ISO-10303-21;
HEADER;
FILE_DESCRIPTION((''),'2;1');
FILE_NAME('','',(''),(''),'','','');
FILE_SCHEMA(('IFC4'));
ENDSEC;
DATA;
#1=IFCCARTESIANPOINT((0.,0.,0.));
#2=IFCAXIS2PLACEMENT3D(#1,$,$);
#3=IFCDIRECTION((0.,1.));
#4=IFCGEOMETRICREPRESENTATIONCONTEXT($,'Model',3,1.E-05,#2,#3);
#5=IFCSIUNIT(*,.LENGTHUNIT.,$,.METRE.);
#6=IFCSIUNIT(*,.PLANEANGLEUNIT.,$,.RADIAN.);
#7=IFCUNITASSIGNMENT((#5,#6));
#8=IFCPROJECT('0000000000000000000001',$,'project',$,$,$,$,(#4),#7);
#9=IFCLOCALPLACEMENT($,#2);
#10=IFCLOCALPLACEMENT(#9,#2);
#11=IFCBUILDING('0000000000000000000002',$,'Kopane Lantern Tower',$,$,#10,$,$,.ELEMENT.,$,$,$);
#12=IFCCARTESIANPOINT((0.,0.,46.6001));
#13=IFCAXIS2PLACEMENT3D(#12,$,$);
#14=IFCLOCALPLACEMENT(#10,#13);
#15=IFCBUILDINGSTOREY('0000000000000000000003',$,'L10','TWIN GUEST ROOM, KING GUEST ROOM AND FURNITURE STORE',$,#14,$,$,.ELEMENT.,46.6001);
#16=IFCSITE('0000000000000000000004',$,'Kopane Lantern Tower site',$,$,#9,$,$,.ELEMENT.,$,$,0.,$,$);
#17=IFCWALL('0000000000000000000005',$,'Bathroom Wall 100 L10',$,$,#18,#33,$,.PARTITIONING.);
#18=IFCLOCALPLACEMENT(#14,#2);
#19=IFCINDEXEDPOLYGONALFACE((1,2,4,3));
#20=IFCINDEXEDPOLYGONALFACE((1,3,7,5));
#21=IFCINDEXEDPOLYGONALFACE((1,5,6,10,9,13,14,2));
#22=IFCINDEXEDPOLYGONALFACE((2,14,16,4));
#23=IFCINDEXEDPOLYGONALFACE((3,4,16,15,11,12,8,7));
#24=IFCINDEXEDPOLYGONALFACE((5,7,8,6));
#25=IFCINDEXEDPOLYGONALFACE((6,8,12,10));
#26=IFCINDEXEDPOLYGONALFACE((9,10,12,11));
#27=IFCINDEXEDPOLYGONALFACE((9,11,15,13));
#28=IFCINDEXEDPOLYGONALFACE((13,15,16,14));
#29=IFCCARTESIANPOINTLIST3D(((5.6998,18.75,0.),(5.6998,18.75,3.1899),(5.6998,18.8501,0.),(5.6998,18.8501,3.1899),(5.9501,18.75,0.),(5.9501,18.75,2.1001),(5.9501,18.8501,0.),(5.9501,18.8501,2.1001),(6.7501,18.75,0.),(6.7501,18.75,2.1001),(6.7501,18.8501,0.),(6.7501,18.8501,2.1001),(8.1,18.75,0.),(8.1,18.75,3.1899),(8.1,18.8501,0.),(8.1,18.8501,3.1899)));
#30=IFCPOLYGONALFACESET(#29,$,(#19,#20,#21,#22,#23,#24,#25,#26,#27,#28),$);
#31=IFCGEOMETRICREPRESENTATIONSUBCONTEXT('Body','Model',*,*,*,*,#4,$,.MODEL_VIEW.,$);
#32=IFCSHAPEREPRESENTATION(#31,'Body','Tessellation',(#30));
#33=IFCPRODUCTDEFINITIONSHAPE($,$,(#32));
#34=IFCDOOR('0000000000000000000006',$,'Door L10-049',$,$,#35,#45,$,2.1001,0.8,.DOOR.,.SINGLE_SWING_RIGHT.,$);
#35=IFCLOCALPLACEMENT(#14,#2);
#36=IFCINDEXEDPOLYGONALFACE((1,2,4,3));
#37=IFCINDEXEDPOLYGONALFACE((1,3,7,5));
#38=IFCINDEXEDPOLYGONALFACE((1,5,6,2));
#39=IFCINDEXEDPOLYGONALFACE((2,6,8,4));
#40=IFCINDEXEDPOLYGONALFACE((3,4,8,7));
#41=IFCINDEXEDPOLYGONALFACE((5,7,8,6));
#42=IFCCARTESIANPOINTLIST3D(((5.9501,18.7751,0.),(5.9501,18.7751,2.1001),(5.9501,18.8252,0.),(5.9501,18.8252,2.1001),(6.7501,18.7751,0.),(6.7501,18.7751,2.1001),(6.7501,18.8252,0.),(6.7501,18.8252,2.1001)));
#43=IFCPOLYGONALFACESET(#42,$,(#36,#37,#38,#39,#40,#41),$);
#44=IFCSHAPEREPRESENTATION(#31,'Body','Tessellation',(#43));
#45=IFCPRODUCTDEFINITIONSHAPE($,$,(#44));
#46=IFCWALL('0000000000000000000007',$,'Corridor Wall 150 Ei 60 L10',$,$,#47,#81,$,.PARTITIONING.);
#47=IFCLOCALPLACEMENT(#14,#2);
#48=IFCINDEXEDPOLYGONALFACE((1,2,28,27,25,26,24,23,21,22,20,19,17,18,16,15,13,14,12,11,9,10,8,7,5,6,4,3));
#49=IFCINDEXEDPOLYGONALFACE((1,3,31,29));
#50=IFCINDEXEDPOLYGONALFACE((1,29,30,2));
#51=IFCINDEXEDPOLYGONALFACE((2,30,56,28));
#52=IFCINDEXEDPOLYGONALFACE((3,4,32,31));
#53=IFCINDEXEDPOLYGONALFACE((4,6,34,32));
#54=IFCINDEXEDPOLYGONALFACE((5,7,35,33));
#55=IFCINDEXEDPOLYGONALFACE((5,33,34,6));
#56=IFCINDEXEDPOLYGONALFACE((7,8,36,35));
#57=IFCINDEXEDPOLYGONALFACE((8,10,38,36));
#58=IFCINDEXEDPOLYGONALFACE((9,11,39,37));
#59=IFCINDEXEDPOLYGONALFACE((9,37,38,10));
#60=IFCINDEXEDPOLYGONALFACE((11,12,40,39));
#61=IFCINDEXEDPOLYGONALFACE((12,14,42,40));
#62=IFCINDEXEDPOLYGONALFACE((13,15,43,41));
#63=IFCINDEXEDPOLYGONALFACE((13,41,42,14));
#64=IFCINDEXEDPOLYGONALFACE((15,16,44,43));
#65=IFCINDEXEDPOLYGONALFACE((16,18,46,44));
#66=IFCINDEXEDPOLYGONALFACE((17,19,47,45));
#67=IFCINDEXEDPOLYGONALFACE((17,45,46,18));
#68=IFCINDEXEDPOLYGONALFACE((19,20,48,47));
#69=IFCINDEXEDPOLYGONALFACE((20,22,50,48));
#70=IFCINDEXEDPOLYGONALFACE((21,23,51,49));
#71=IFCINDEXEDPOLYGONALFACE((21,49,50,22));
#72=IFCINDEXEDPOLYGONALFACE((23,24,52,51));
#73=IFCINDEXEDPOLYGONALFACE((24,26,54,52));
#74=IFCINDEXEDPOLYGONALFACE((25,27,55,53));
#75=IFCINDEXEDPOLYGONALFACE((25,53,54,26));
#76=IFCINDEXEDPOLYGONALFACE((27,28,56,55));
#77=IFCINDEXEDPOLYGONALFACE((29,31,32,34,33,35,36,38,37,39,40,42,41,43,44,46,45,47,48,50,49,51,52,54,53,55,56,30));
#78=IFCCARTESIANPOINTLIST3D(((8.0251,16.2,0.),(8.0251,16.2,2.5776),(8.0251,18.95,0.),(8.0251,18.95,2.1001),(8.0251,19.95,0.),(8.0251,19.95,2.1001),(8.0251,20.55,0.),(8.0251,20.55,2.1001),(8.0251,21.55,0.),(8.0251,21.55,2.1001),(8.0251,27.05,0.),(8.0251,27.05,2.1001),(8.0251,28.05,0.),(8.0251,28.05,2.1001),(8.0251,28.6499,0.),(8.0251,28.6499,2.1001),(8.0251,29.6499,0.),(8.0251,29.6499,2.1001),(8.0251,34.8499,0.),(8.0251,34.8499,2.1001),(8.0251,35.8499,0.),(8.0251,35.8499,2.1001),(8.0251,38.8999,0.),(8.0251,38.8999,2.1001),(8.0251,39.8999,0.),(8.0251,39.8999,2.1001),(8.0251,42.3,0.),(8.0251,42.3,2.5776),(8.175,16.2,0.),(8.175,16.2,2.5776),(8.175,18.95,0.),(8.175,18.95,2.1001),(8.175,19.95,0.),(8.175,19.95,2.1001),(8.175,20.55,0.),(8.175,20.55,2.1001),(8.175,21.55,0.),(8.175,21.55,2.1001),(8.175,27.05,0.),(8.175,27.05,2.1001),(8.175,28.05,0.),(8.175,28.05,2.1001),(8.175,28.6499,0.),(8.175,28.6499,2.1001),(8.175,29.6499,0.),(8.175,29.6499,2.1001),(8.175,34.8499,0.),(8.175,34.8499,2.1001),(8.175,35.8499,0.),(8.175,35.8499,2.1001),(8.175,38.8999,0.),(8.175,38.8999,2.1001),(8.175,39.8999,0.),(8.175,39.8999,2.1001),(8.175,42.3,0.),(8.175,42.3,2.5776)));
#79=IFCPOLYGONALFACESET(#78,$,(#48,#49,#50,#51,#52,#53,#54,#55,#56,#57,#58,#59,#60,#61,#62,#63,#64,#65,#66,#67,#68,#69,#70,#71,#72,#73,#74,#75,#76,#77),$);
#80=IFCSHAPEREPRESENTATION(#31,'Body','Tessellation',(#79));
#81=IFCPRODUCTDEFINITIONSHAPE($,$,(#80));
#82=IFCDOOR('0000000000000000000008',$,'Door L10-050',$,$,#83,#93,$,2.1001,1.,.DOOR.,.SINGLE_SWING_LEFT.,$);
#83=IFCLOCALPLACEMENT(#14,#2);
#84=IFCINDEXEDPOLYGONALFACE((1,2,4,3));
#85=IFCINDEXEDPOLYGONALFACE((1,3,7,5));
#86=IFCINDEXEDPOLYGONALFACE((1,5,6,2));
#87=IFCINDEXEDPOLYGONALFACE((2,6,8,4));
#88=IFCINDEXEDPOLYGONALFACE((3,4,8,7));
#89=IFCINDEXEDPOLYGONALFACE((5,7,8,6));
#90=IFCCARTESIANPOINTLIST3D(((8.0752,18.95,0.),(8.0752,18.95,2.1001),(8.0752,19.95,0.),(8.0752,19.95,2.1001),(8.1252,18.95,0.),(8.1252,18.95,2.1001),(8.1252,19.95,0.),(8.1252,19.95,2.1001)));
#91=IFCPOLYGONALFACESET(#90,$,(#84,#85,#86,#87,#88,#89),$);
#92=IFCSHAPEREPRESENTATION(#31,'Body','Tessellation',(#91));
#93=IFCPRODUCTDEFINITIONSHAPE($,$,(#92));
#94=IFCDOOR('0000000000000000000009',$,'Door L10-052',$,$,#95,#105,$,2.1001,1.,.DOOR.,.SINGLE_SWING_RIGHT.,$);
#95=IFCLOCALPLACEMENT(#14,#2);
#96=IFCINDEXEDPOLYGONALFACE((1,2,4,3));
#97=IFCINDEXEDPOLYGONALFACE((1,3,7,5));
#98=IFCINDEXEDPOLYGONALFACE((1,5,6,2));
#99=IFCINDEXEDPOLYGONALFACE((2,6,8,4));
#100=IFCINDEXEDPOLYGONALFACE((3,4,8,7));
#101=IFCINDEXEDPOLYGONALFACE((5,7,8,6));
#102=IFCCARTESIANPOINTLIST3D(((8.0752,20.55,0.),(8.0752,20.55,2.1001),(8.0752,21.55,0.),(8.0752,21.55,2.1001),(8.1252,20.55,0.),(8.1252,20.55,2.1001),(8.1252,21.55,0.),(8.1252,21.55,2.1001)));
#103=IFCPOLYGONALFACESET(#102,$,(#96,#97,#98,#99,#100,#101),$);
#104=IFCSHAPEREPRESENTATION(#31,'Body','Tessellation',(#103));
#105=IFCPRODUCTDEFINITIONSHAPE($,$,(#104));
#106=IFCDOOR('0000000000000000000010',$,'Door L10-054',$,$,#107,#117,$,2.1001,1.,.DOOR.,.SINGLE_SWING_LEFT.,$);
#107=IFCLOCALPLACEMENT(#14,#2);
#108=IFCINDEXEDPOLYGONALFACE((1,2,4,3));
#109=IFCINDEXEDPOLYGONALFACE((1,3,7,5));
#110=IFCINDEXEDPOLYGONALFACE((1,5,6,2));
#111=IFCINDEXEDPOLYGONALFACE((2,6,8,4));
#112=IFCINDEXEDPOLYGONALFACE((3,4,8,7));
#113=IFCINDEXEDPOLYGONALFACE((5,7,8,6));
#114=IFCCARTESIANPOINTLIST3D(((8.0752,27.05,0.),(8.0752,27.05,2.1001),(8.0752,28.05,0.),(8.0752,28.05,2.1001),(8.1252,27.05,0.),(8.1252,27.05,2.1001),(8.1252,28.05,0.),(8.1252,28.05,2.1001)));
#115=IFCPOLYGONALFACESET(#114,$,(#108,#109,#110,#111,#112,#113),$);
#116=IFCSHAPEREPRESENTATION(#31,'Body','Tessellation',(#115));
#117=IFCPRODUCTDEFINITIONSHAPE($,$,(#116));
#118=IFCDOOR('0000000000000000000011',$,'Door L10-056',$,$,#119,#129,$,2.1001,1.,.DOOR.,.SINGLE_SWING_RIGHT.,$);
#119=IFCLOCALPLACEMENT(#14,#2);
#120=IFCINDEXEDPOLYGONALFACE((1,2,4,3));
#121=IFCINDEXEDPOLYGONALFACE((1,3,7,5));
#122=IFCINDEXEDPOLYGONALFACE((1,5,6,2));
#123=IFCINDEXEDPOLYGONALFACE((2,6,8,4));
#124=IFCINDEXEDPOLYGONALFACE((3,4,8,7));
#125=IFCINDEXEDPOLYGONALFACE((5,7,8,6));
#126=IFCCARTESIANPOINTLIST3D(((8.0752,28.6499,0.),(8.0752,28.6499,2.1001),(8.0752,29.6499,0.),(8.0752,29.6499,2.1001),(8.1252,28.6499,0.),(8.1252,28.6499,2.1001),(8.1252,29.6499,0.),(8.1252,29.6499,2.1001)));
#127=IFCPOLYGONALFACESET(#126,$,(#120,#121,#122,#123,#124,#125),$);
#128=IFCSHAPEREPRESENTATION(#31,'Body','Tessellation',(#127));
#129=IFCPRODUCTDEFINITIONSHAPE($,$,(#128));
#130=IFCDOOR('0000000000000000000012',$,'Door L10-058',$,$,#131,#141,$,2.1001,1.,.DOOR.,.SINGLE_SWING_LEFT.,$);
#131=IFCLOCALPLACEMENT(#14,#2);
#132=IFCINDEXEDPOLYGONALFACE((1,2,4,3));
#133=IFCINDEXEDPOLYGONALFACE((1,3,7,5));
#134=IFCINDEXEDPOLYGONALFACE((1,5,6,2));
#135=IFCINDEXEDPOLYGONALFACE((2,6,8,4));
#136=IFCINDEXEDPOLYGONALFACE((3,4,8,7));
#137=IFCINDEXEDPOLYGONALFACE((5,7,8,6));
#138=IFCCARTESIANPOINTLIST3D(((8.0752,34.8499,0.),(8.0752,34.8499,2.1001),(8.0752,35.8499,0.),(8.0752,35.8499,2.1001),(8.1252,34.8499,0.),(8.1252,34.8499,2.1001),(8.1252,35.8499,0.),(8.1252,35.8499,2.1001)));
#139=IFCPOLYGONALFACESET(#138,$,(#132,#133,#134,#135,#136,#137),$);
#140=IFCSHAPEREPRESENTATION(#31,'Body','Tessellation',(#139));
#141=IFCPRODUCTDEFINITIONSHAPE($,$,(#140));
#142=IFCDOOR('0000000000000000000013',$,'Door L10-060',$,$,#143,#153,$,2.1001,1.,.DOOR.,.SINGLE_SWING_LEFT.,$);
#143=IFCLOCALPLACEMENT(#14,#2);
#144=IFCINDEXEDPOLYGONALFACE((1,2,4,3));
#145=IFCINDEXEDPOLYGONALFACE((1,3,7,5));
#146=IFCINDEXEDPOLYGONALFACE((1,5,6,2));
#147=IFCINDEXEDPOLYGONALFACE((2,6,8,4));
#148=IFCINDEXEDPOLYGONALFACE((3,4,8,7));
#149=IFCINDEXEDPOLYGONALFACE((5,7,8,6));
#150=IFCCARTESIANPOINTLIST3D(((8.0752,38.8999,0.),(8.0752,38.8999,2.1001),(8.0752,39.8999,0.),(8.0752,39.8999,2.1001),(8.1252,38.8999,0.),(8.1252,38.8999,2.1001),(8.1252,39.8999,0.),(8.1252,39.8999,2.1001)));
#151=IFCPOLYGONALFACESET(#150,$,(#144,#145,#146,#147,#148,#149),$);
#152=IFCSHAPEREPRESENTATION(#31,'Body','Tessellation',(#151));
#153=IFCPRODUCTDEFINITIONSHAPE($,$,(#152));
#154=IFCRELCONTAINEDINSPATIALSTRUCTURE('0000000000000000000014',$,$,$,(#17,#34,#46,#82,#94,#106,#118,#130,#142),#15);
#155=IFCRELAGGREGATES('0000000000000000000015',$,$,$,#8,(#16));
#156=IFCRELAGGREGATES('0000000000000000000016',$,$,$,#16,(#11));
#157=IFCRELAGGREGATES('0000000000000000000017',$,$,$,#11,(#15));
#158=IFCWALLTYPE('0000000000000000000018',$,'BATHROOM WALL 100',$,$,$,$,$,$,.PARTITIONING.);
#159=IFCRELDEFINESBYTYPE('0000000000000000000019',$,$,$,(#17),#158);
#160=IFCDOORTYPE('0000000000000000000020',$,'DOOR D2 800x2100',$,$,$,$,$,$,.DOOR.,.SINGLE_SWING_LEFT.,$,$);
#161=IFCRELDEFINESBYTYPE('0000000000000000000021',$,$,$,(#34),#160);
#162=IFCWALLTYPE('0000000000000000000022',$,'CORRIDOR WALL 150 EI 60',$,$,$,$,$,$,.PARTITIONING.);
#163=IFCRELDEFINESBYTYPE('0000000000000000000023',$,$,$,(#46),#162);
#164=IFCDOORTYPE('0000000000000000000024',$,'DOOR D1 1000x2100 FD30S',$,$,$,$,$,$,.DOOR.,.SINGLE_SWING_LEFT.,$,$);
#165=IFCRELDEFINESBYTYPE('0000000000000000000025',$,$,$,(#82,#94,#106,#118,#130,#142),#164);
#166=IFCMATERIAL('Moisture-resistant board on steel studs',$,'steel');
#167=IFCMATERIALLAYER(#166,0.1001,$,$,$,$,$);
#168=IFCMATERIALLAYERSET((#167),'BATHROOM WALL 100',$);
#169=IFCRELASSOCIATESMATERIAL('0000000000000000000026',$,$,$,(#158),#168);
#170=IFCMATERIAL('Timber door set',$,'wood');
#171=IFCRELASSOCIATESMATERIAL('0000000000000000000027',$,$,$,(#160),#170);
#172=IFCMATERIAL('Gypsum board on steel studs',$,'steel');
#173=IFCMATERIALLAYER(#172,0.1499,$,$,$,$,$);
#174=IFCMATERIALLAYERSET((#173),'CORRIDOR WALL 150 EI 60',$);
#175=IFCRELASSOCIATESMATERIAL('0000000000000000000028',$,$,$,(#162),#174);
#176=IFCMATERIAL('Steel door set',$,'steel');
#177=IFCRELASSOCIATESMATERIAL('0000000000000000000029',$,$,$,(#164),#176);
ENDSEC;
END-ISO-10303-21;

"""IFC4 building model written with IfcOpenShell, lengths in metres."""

from ifc_helpers import new_model, si_unit, direction, frame, frame_2d, origin, place, context, subcontext, project, spatial, rectangle, extrude, material, layer, layer_set, type_object, element, fill, save


model = new_model("IFC4")

# Units and contexts
model_context = context("Model", 3, precision=1e-05, world=origin(), true_north=direction((0.0, 1.0)))
body_context = subcontext(model_context, "Body", "Model", "MODEL_VIEW")
ifc_project = project(units=[si_unit("LENGTHUNIT", "METRE"), si_unit("PLANEANGLEUNIT", "RADIAN")], contexts=[model_context])

# Site, building, storey
site_placement = place(None, origin())
site = spatial("IfcSite", under=ifc_project, at=site_placement, Name="Kopane Lantern Tower site", CompositionType="ELEMENT", RefElevation=0.0)
building_placement = place(site_placement, origin())
building = spatial("IfcBuilding", under=site, at=building_placement, Name="Kopane Lantern Tower", CompositionType="ELEMENT")
storey_placement = place(building_placement, frame((0.0, 0.0, 46.6001)))
storey = spatial("IfcBuildingStorey", under=building, at=storey_placement, Name="L10", Description="TWIN GUEST ROOM, KING GUEST ROOM AND FURNITURE STORE", CompositionType="ELEMENT", Elevation=46.6001)

# Wall, opening, door
ifc_material_1 = material(Name="Moisture-resistant board on steel studs", Category="steel")
ifc_layer_1 = layer(ifc_material_1, 0.1001)
ifc_layer_set_1 = layer_set([ifc_layer_1], Name="BATHROOM WALL 100")
wall_type_1 = type_object("IfcWallType", Name="BATHROOM WALL 100", PredefinedType="PARTITIONING", material=ifc_layer_set_1)
wall_1_placement = place(storey_placement, frame((8.1001, 18.8, 0.0), z_axis=(0.0, 0.0, 1.0), x_axis=(-1.0, 0.0, 0.0)))
wall_1 = element("IfcWall", 1, at=wall_1_placement, inside=storey, type_object=wall_type_1, Name="Bathroom Wall 100 L10", PredefinedType="PARTITIONING", context=body_context, shape_type="SweptSolid", body=[
    extrude(rectangle(XDim=2.4001, YDim=0.1001, at=frame_2d((1.2002, 0.0))), origin(), (0.0, 0.0, 1.0), 3.1899),
])
opening_1_placement = place(wall_1_placement, frame((1.3501, 0.0, 0.0)))
opening_1 = element("IfcOpeningElement", 2, at=opening_1_placement, cuts=wall_1, PredefinedType="OPENING", context=body_context, shape_type="SweptSolid", body=[
    extrude(rectangle(XDim=0.8, YDim=2.1001, at=frame_2d((0.3999, 1.05))), frame((0.0, 0.0601, 0.0), z_axis=(0.0, -1.0, 0.0), x_axis=(1.0, 0.0, 0.0)), (0.0, 0.0, 1.0), 0.1201),
])
ifc_material_2 = material(Name="Timber door set", Category="wood")
door_type_1 = type_object("IfcDoorType", Name="DOOR D2 800x2100", OperationType="SINGLE_SWING_LEFT", PredefinedType="DOOR", material=ifc_material_2)
door_1_placement = place(opening_1_placement, origin())
door_1 = element("IfcDoor", 3, at=door_1_placement, inside=storey, type_object=door_type_1, Name="Door L10-049", OperationType="SINGLE_SWING_RIGHT", OverallHeight=2.1001, OverallWidth=0.8, PredefinedType="DOOR", context=body_context, shape_type="SweptSolid", body=[
    extrude(rectangle(XDim=0.8, YDim=2.1001, at=frame_2d((0.3999, 1.05))), frame((0.0, 0.0249, 0.0), z_axis=(0.0, -1.0, 0.0), x_axis=(1.0, 0.0, 0.0)), (0.0, 0.0, 1.0), 0.05),
])
fill(opening_1, door_1)

# Wall, openings, doors
ifc_material_3 = material(Name="Gypsum board on steel studs", Category="steel")
ifc_layer_2 = layer(ifc_material_3, 0.1499)
ifc_layer_set_2 = layer_set([ifc_layer_2], Name="CORRIDOR WALL 150 EI 60")
wall_type_2 = type_object("IfcWallType", Name="CORRIDOR WALL 150 EI 60", PredefinedType="PARTITIONING", material=ifc_layer_set_2)
ifc_material_4 = material(Name="Steel door set", Category="steel")
door_type_2 = type_object("IfcDoorType", Name="DOOR D1 1000x2100 FD30S", OperationType="SINGLE_SWING_LEFT", PredefinedType="DOOR", material=ifc_material_4)
wall_2_placement = place(storey_placement, frame((8.1001, 16.2, 0.0), z_axis=(0.0, 0.0, 1.0), x_axis=(0.0, 1.0, 0.0)))
wall_2 = element("IfcWall", 4, at=wall_2_placement, inside=storey, type_object=wall_type_2, Name="Corridor Wall 150 Ei 60 L10", PredefinedType="PARTITIONING", context=body_context, shape_type="SweptSolid", body=[
    extrude(rectangle(XDim=26.1001, YDim=0.1499, at=frame_2d((13.05, 0.0))), origin(), (0.0, 0.0, 1.0), 2.5776),
])
opening_2_placement = place(wall_2_placement, frame((2.75, 0.0, 0.0)))
opening_2 = element("IfcOpeningElement", 5, at=opening_2_placement, cuts=wall_2, PredefinedType="OPENING", context=body_context, shape_type="SweptSolid", body=[
    extrude(rectangle(XDim=1.0, YDim=2.1001, at=frame_2d((0.5, 1.05))), frame((0.0, 0.085, 0.0), z_axis=(0.0, -1.0, 0.0), x_axis=(1.0, 0.0, 0.0)), (0.0, 0.0, 1.0), 0.1699),
])
opening_3_placement = place(wall_2_placement, frame((4.3501, 0.0, 0.0)))
opening_3 = element("IfcOpeningElement", 6, at=opening_3_placement, cuts=wall_2, PredefinedType="OPENING", context=body_context, shape_type="SweptSolid", body=[
    extrude(rectangle(XDim=1.0, YDim=2.1001, at=frame_2d((0.5, 1.05))), frame((0.0, 0.085, 0.0), z_axis=(0.0, -1.0, 0.0), x_axis=(1.0, 0.0, 0.0)), (0.0, 0.0, 1.0), 0.1699),
])
opening_4_placement = place(wall_2_placement, frame((10.8501, 0.0, 0.0)))
opening_4 = element("IfcOpeningElement", 7, at=opening_4_placement, cuts=wall_2, PredefinedType="OPENING", context=body_context, shape_type="SweptSolid", body=[
    extrude(rectangle(XDim=1.0, YDim=2.1001, at=frame_2d((0.5, 1.05))), frame((0.0, 0.085, 0.0), z_axis=(0.0, -1.0, 0.0), x_axis=(1.0, 0.0, 0.0)), (0.0, 0.0, 1.0), 0.1699),
])
opening_5_placement = place(wall_2_placement, frame((12.45, 0.0, 0.0)))
opening_5 = element("IfcOpeningElement", 8, at=opening_5_placement, cuts=wall_2, PredefinedType="OPENING", context=body_context, shape_type="SweptSolid", body=[
    extrude(rectangle(XDim=1.0, YDim=2.1001, at=frame_2d((0.5, 1.05))), frame((0.0, 0.085, 0.0), z_axis=(0.0, -1.0, 0.0), x_axis=(1.0, 0.0, 0.0)), (0.0, 0.0, 1.0), 0.1699),
])
opening_6_placement = place(wall_2_placement, frame((18.6499, 0.0, 0.0)))
opening_6 = element("IfcOpeningElement", 9, at=opening_6_placement, cuts=wall_2, PredefinedType="OPENING", context=body_context, shape_type="SweptSolid", body=[
    extrude(rectangle(XDim=1.0, YDim=2.1001, at=frame_2d((0.5, 1.05))), frame((0.0, 0.085, 0.0), z_axis=(0.0, -1.0, 0.0), x_axis=(1.0, 0.0, 0.0)), (0.0, 0.0, 1.0), 0.1699),
])
opening_7_placement = place(wall_2_placement, frame((22.7, 0.0, 0.0)))
opening_7 = element("IfcOpeningElement", 10, at=opening_7_placement, cuts=wall_2, PredefinedType="OPENING", context=body_context, shape_type="SweptSolid", body=[
    extrude(rectangle(XDim=1.0, YDim=2.1001, at=frame_2d((0.5, 1.05))), frame((0.0, 0.085, 0.0), z_axis=(0.0, -1.0, 0.0), x_axis=(1.0, 0.0, 0.0)), (0.0, 0.0, 1.0), 0.1699),
])
door_2_placement = place(opening_2_placement, origin())
door_2 = element("IfcDoor", 11, at=door_2_placement, inside=storey, type_object=door_type_2, Name="Door L10-050", OperationType="SINGLE_SWING_LEFT", OverallHeight=2.1001, OverallWidth=1.0, PredefinedType="DOOR", context=body_context, shape_type="SweptSolid", body=[
    extrude(rectangle(XDim=1.0, YDim=2.1001, at=frame_2d((0.5, 1.05))), frame((0.0, 0.0249, 0.0), z_axis=(0.0, -1.0, 0.0), x_axis=(1.0, 0.0, 0.0)), (0.0, 0.0, 1.0), 0.05),
])
fill(opening_2, door_2)
door_3_placement = place(opening_3_placement, origin())
door_3 = element("IfcDoor", 12, at=door_3_placement, inside=storey, type_object=door_type_2, Name="Door L10-052", OperationType="SINGLE_SWING_RIGHT", OverallHeight=2.1001, OverallWidth=1.0, PredefinedType="DOOR", context=body_context, shape_type="SweptSolid", body=[
    extrude(rectangle(XDim=1.0, YDim=2.1001, at=frame_2d((0.5, 1.05))), frame((0.0, 0.0249, 0.0), z_axis=(0.0, -1.0, 0.0), x_axis=(1.0, 0.0, 0.0)), (0.0, 0.0, 1.0), 0.05),
])
fill(opening_3, door_3)
door_4_placement = place(opening_4_placement, origin())
door_4 = element("IfcDoor", 13, at=door_4_placement, inside=storey, type_object=door_type_2, Name="Door L10-054", OperationType="SINGLE_SWING_LEFT", OverallHeight=2.1001, OverallWidth=1.0, PredefinedType="DOOR", context=body_context, shape_type="SweptSolid", body=[
    extrude(rectangle(XDim=1.0, YDim=2.1001, at=frame_2d((0.5, 1.05))), frame((0.0, 0.0249, 0.0), z_axis=(0.0, -1.0, 0.0), x_axis=(1.0, 0.0, 0.0)), (0.0, 0.0, 1.0), 0.05),
])
fill(opening_4, door_4)
door_5_placement = place(opening_5_placement, origin())
door_5 = element("IfcDoor", 14, at=door_5_placement, inside=storey, type_object=door_type_2, Name="Door L10-056", OperationType="SINGLE_SWING_RIGHT", OverallHeight=2.1001, OverallWidth=1.0, PredefinedType="DOOR", context=body_context, shape_type="SweptSolid", body=[
    extrude(rectangle(XDim=1.0, YDim=2.1001, at=frame_2d((0.5, 1.05))), frame((0.0, 0.0249, 0.0), z_axis=(0.0, -1.0, 0.0), x_axis=(1.0, 0.0, 0.0)), (0.0, 0.0, 1.0), 0.05),
])
fill(opening_5, door_5)
door_6_placement = place(opening_6_placement, origin())
door_6 = element("IfcDoor", 15, at=door_6_placement, inside=storey, type_object=door_type_2, Name="Door L10-058", OperationType="SINGLE_SWING_LEFT", OverallHeight=2.1001, OverallWidth=1.0, PredefinedType="DOOR", context=body_context, shape_type="SweptSolid", body=[
    extrude(rectangle(XDim=1.0, YDim=2.1001, at=frame_2d((0.5, 1.05))), frame((0.0, 0.0249, 0.0), z_axis=(0.0, -1.0, 0.0), x_axis=(1.0, 0.0, 0.0)), (0.0, 0.0, 1.0), 0.05),
])
fill(opening_6, door_6)
door_7_placement = place(opening_7_placement, origin())
door_7 = element("IfcDoor", 16, at=door_7_placement, inside=storey, type_object=door_type_2, Name="Door L10-060", OperationType="SINGLE_SWING_LEFT", OverallHeight=2.1001, OverallWidth=1.0, PredefinedType="DOOR", context=body_context, shape_type="SweptSolid", body=[
    extrude(rectangle(XDim=1.0, YDim=2.1001, at=frame_2d((0.5, 1.05))), frame((0.0, 0.0249, 0.0), z_axis=(0.0, -1.0, 0.0), x_axis=(1.0, 0.0, 0.0)), (0.0, 0.0, 1.0), 0.05),
])
fill(opening_7, door_7)

save(model, "model.ifc")
